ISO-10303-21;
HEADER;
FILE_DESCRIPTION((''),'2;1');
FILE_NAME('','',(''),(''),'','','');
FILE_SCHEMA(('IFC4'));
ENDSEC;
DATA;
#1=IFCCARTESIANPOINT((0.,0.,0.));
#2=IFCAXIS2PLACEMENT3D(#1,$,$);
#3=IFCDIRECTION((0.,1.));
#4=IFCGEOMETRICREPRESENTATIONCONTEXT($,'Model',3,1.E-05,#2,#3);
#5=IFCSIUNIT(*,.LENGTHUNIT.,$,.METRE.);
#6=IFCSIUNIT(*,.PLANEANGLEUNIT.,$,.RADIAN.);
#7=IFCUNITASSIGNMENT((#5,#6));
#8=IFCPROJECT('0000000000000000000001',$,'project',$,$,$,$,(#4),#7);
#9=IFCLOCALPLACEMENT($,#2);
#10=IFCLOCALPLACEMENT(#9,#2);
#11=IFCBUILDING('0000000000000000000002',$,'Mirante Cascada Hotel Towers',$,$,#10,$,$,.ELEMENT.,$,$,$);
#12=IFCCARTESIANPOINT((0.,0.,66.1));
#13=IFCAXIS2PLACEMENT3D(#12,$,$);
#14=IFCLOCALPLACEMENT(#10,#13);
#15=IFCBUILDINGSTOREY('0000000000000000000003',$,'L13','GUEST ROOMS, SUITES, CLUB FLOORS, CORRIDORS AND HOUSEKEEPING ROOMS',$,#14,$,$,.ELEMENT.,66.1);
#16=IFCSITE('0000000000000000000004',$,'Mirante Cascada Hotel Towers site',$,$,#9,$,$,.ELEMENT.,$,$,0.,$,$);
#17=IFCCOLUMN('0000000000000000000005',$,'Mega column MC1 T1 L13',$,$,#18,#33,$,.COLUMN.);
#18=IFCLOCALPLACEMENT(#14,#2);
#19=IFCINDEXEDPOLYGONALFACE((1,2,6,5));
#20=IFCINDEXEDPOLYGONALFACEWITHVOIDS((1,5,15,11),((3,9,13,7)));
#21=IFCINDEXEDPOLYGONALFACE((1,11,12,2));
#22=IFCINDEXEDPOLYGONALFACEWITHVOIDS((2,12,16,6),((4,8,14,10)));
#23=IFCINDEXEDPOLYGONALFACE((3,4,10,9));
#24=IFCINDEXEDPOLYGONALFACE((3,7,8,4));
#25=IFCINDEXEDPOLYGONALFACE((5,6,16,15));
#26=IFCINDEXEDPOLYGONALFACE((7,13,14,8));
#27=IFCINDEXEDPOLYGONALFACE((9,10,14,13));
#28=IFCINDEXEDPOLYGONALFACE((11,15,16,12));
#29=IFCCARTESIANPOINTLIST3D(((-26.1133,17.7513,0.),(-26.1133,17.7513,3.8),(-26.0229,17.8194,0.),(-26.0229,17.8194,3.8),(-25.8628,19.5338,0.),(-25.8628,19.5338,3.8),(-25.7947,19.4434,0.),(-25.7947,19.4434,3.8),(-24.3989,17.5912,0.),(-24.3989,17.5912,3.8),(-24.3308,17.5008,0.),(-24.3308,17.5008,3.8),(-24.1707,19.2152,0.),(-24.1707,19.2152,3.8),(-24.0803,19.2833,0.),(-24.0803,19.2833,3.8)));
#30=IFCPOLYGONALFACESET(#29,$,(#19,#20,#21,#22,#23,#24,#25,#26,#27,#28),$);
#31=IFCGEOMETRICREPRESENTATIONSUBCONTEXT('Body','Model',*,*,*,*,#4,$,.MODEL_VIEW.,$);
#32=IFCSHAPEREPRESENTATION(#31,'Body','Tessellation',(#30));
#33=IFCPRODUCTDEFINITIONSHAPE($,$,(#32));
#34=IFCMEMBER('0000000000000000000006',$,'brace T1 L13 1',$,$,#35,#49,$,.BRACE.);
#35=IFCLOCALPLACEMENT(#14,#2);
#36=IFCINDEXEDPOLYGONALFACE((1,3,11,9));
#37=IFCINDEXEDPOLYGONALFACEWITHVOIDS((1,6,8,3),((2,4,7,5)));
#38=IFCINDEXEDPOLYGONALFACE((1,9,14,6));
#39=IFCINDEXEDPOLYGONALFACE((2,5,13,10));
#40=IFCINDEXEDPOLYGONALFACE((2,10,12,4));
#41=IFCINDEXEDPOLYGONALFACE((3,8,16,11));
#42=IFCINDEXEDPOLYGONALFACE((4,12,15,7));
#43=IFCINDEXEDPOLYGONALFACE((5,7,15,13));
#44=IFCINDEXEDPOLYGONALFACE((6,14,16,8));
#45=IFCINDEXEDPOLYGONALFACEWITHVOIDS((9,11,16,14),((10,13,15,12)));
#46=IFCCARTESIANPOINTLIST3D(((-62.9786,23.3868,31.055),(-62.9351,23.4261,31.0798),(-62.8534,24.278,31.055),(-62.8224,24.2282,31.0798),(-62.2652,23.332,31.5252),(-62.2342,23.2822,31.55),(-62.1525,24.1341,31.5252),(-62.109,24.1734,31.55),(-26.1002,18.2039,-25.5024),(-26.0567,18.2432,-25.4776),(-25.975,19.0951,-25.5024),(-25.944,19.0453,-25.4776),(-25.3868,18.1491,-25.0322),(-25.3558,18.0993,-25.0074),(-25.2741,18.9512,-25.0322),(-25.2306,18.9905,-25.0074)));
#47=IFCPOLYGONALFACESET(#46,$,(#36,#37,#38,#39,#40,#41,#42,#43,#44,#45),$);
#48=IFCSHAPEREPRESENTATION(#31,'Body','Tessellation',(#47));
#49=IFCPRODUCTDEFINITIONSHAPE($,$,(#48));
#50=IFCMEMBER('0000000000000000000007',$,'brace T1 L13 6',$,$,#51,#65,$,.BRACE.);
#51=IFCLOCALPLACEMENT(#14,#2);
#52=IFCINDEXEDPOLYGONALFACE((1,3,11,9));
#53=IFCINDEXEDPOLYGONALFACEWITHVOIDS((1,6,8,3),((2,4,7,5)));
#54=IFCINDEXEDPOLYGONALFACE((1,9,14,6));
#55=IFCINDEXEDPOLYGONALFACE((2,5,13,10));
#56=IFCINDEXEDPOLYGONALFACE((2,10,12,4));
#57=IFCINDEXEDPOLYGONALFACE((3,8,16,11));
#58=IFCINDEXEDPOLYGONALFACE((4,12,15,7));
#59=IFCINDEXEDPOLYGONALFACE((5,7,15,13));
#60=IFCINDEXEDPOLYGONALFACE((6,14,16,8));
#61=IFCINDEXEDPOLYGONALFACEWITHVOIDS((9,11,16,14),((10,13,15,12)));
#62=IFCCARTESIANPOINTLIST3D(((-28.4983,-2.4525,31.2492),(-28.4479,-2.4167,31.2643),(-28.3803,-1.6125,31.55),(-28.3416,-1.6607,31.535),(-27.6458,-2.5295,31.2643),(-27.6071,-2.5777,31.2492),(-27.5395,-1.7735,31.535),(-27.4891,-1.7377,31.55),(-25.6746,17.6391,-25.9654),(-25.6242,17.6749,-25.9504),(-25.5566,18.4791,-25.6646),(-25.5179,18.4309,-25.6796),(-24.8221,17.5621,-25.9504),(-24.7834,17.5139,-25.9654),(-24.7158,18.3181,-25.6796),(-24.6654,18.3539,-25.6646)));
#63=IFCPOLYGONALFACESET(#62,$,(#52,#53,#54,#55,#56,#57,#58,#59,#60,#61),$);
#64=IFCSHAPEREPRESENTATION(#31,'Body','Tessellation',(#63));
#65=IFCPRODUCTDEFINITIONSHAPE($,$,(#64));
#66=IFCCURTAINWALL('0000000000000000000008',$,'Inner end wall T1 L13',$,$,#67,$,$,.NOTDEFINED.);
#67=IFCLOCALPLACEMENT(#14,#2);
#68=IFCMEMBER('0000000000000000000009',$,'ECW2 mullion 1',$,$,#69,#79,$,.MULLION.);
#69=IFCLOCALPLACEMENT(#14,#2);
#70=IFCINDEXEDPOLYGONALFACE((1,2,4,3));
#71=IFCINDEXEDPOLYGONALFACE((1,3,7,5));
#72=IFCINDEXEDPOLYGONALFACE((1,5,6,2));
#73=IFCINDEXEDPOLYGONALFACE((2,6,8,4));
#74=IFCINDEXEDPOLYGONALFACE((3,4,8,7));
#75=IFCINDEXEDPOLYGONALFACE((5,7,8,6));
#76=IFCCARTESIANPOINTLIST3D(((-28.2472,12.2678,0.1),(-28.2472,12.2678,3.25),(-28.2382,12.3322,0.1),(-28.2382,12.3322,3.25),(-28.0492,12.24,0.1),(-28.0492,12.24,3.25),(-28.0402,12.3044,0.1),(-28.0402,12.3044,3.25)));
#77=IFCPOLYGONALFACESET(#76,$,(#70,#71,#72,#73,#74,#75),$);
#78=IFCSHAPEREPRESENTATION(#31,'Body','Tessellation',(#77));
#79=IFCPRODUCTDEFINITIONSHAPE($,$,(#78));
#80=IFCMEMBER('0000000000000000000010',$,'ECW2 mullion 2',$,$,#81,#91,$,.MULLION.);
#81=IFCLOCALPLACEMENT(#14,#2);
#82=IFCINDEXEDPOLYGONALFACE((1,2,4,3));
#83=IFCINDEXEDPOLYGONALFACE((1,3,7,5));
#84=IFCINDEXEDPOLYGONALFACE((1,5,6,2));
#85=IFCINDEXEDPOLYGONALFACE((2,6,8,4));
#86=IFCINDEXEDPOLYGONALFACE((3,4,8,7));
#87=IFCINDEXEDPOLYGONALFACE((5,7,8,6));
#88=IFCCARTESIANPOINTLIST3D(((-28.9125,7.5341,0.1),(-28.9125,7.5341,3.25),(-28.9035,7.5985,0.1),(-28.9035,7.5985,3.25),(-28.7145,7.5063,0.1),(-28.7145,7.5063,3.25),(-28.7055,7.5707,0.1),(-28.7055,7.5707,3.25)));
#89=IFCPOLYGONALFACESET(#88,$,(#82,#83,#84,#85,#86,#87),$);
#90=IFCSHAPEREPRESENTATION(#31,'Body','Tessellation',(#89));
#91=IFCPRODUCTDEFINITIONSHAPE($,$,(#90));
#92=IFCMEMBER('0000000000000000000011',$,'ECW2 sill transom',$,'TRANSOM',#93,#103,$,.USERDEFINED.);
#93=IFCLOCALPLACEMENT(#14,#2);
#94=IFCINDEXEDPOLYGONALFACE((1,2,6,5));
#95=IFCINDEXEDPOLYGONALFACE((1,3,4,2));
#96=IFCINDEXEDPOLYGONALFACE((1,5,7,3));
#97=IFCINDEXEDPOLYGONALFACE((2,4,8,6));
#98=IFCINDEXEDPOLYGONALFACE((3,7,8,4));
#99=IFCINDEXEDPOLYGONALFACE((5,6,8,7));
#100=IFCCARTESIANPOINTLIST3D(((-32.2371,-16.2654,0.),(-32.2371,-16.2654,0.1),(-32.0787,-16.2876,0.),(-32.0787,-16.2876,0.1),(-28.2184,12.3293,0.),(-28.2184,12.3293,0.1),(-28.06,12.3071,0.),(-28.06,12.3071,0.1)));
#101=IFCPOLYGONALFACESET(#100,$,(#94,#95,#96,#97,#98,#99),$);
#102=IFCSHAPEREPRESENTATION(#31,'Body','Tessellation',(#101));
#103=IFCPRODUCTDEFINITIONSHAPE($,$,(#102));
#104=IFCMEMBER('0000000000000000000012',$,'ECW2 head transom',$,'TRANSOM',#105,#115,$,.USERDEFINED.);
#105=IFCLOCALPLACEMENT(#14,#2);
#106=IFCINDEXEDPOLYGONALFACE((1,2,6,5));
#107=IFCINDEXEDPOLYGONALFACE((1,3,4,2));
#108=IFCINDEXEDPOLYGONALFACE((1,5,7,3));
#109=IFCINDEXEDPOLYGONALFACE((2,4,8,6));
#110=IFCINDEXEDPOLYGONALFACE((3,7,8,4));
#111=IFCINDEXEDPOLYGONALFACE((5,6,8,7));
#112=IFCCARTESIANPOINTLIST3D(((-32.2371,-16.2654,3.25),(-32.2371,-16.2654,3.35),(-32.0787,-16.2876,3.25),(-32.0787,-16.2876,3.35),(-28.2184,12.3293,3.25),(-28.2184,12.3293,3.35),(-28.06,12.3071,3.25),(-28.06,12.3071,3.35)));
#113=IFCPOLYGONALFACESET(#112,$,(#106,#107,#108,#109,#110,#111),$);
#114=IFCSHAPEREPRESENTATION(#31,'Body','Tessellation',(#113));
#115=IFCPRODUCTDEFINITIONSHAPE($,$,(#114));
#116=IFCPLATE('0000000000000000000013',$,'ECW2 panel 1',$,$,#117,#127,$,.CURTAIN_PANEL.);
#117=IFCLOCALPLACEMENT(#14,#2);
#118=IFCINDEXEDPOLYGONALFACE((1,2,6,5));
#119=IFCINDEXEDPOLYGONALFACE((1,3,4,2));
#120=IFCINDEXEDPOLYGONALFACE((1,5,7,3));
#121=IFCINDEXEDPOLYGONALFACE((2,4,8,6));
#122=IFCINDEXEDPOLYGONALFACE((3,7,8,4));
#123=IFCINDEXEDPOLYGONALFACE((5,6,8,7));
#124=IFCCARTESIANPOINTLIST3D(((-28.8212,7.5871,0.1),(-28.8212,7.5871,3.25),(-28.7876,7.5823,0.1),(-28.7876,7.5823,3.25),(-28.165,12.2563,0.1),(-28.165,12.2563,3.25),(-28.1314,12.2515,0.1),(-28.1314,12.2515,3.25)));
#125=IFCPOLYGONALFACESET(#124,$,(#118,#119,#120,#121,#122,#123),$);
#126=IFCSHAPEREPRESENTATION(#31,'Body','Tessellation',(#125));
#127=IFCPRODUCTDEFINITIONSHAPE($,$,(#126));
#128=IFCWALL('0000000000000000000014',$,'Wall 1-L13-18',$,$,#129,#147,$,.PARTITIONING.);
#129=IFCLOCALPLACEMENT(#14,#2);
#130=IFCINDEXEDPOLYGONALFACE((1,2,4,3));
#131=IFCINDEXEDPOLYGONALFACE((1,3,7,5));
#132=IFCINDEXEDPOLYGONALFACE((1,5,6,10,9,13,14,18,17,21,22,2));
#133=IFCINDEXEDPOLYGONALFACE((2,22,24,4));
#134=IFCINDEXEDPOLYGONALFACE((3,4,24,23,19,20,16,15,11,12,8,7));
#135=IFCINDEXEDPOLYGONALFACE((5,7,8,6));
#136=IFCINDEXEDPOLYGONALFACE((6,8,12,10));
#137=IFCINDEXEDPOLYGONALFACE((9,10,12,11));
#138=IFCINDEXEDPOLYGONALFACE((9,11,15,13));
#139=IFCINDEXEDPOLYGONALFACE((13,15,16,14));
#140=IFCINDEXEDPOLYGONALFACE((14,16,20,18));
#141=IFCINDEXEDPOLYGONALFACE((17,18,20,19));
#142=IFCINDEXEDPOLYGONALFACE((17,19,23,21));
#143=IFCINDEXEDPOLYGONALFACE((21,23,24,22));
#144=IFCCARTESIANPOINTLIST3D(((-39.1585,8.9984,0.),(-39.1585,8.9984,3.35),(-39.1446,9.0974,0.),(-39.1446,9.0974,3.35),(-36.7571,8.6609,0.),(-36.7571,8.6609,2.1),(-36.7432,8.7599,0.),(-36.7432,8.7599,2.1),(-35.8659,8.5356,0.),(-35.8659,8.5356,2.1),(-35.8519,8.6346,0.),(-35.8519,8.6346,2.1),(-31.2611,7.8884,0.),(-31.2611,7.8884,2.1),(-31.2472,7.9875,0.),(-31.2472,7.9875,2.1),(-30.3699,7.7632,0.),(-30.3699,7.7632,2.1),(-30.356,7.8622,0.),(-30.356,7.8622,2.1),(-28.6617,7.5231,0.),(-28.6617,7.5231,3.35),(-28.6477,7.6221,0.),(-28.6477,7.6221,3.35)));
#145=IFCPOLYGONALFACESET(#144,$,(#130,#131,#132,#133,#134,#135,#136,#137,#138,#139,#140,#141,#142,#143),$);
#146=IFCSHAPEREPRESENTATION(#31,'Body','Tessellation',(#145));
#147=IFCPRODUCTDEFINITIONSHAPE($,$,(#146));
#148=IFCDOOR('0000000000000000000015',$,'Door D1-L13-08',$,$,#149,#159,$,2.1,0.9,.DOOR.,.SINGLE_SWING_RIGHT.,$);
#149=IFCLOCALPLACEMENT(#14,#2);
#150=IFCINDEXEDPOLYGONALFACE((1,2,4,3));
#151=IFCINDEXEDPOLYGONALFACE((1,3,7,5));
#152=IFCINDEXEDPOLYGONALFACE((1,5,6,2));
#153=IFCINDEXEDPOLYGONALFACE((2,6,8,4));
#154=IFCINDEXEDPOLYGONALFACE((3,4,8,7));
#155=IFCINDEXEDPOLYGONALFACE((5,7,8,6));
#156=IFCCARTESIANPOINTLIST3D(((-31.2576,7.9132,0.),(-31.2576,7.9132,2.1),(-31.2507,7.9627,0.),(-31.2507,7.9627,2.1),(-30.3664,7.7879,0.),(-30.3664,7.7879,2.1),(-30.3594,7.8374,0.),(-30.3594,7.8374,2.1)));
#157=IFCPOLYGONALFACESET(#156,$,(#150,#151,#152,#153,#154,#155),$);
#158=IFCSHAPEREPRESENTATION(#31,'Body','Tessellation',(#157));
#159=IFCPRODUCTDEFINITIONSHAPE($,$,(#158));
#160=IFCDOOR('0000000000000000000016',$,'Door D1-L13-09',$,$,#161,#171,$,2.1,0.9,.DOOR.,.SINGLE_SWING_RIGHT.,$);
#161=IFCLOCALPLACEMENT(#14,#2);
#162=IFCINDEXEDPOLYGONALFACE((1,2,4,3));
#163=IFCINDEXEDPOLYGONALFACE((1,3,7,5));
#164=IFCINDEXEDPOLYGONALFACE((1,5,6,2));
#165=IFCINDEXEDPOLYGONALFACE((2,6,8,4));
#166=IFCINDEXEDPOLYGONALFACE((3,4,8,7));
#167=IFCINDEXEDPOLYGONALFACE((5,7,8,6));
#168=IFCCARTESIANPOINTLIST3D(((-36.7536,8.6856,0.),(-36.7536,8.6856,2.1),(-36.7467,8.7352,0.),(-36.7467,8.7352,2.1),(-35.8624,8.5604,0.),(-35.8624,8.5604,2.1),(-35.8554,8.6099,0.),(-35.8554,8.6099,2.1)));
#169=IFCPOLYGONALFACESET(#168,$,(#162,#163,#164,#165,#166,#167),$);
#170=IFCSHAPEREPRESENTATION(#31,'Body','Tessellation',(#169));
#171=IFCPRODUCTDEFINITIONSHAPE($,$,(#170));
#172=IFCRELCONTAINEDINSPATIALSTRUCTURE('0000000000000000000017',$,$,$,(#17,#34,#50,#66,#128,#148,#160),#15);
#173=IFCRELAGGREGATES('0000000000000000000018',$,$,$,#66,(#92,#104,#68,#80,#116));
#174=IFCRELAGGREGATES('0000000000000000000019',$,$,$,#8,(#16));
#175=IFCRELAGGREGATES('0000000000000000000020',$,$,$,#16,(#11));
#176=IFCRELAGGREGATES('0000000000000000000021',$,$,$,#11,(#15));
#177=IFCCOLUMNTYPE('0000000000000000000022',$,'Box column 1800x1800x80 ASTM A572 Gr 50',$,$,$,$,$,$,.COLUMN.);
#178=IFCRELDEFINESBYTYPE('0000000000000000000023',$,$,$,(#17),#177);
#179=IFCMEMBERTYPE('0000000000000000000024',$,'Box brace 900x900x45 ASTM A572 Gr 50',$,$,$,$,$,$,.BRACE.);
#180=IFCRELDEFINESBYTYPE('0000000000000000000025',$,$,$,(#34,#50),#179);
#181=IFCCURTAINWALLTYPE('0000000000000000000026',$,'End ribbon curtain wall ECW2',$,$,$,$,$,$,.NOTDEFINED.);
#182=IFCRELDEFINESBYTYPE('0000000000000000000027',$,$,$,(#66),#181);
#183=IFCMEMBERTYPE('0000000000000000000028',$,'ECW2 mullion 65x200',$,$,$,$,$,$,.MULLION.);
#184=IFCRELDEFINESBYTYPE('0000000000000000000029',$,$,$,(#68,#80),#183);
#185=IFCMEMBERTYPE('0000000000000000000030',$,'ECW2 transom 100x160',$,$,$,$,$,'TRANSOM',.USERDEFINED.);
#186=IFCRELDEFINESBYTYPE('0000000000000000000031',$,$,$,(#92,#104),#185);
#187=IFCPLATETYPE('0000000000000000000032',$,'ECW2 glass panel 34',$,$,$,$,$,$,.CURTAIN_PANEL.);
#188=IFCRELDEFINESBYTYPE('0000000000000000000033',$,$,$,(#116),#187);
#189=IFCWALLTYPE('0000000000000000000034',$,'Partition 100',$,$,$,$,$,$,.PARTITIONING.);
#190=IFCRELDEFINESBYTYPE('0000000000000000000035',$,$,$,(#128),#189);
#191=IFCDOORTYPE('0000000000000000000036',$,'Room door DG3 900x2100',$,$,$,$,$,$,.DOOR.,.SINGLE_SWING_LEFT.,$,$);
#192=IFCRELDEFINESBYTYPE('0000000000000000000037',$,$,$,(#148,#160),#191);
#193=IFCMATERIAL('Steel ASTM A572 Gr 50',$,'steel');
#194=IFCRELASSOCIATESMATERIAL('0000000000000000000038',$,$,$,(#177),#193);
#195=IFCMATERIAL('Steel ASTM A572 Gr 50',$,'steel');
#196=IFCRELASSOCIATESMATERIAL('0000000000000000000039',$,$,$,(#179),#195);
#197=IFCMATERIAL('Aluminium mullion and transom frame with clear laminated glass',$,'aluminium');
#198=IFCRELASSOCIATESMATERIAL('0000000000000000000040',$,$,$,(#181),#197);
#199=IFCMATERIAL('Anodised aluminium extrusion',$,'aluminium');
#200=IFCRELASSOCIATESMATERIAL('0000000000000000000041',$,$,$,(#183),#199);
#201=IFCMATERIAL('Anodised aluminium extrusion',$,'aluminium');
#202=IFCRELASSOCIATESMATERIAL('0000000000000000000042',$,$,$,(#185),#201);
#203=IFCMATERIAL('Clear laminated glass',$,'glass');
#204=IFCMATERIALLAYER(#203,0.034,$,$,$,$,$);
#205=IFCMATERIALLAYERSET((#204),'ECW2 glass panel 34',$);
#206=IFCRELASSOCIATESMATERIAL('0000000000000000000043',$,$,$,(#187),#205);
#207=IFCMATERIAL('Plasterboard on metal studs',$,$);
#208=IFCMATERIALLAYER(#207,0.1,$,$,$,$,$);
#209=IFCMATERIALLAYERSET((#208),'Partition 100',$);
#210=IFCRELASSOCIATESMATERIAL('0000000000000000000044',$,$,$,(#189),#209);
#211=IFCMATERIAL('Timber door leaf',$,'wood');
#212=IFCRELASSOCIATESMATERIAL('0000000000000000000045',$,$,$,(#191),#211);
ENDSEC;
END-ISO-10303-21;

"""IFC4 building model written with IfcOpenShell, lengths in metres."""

from ifc_helpers import new_model, si_unit, direction, frame, frame_2d, origin, origin_2d, place, context, subcontext, project, spatial, rectangle, hollow_rectangle, extrude, material, layer, layer_set, material_profile, profile_set, type_object, element, fill, aggregate, save


model = new_model("IFC4")

# Units and contexts
model_context = context("Model", 3, precision=1e-05, world=origin(), true_north=direction((0.0, 1.0)))
body_context = subcontext(model_context, "Body", "Model", "MODEL_VIEW")
ifc_project = project(units=[si_unit("LENGTHUNIT", "METRE"), si_unit("PLANEANGLEUNIT", "RADIAN")], contexts=[model_context])

# Site, building, storey
site_placement = place(None, origin())
site = spatial("IfcSite", under=ifc_project, at=site_placement, Name="Mirante Cascada Hotel Towers site", CompositionType="ELEMENT", RefElevation=0.0)
building_placement = place(site_placement, origin())
building = spatial("IfcBuilding", under=site, at=building_placement, Name="Mirante Cascada Hotel Towers", CompositionType="ELEMENT")
storey_placement = place(building_placement, frame((0.0, 0.0, 66.1)))
storey = spatial("IfcBuildingStorey", under=building, at=storey_placement, Name="L13", Description="GUEST ROOMS, SUITES, CLUB FLOORS, CORRIDORS AND HOUSEKEEPING ROOMS", CompositionType="ELEMENT", Elevation=66.1)

# Column
ifc_material_1 = material(Name="Steel ASTM A572 Gr 50", Category="steel")
ifc_material_profile_1 = material_profile(ifc_material_1, hollow_rectangle(XDim=1.8, YDim=1.8, WallThickness=0.08, at=origin_2d()), Name="Box column 1800x1800x80 ASTM A572 Gr 50")
ifc_profile_set_1 = profile_set([ifc_material_profile_1], Name="Steel ASTM A572 Gr 50")
column_type = type_object("IfcColumnType", Name="Box column 1800x1800x80 ASTM A572 Gr 50", PredefinedType="COLUMN", material=ifc_profile_set_1)
column_placement = place(storey_placement, frame((-25.0968, 18.5173, 0.0), z_axis=(0.0, 0.0, 1.0), x_axis=(-0.990268, 0.139173, 0.0)))
element("IfcColumn", 1, at=column_placement, inside=storey, type_object=column_type, Name="Mega column MC1 T1 L13", PredefinedType="COLUMN", context=body_context, shape_type="SweptSolid", body=[
    extrude(hollow_rectangle(XDim=1.8, YDim=1.8, WallThickness=0.08, at=origin_2d()), origin(), (0.0, 0.0, 1.0), 3.8),
])

# Members
ifc_material_2 = material(Name="Steel ASTM A572 Gr 50", Category="steel")
ifc_material_profile_2 = material_profile(ifc_material_2, hollow_rectangle(XDim=0.9, YDim=0.9, WallThickness=0.045, at=origin_2d()), Name="Box brace 900x900x45 ASTM A572 Gr 50")
ifc_profile_set_2 = profile_set([ifc_material_profile_2], Name="Steel ASTM A572 Gr 50")
member_type_1 = type_object("IfcMemberType", Name="Box brace 900x900x45 ASTM A572 Gr 50", PredefinedType="BRACE", material=ifc_profile_set_2)
member_1_placement = place(storey_placement, frame((-25.6654, 18.5972, -25.2549), z_axis=(-0.544594, 0.076537, 0.8352), x_axis=(-0.139173, -0.990268, 0.0)))
element("IfcMember", 2, at=member_1_placement, inside=storey, type_object=member_type_1, Name="brace T1 L13 1", PredefinedType="BRACE", context=body_context, shape_type="SweptSolid", body=[
    extrude(hollow_rectangle(XDim=0.9, YDim=0.9, WallThickness=0.045, at=origin_2d()), origin(), (0.0, 0.0, 1.0), 67.7172),
])
member_2_placement = place(storey_placement, frame((-25.17, 17.9965, -25.815), z_axis=(-0.046515, -0.330968, 0.942495), x_axis=(0.990268, -0.139174, 0.0)))
element("IfcMember", 3, at=member_2_placement, inside=storey, type_object=member_type_1, Name="brace T1 L13 6", PredefinedType="BRACE", context=body_context, shape_type="SweptSolid", body=[
    extrude(hollow_rectangle(XDim=0.9, YDim=0.9, WallThickness=0.045, at=origin_2d()), origin(), (0.0, 0.0, 1.0), 60.7055),
])

# Curtain wall, members, plate
ifc_material_3 = material(Name="Aluminium mullion and transom frame with clear laminated glass", Category="aluminium")
curtain_wall_type = type_object("IfcCurtainWallType", Name="End ribbon curtain wall ECW2", PredefinedType="NOTDEFINED", material=ifc_material_3)
curtain_wall_placement = place(storey_placement, origin())
curtain_wall = element("IfcCurtainWall", 4, at=curtain_wall_placement, inside=storey, type_object=curtain_wall_type, Name="Inner end wall T1 L13", PredefinedType="NOTDEFINED")
ifc_material_4 = material(Name="Anodised aluminium extrusion", Category="aluminium")
ifc_material_profile_3 = material_profile(ifc_material_4, rectangle(XDim=0.2, YDim=0.065, at=origin_2d()), Name="ECW2 MULLION 65x200")
ifc_profile_set_3 = profile_set([ifc_material_profile_3], Name="Anodised aluminium extrusion")
member_type_2 = type_object("IfcMemberType", Name="ECW2 mullion 65x200", PredefinedType="MULLION", material=ifc_profile_set_3)
member_3_placement = place(storey_placement, frame((-28.1437, 12.2861, 0.1), z_axis=(0.0, 0.0, 1.0), x_axis=(0.990268, -0.139173, 0.0)))
member_3 = element("IfcMember", 5, at=member_3_placement, type_object=member_type_2, Name="ECW2 mullion 1", PredefinedType="MULLION", context=body_context, shape_type="SweptSolid", body=[
    extrude(rectangle(XDim=0.2, YDim=0.065, at=origin_2d()), origin(), (0.0, 0.0, 1.0), 3.15),
])
member_4_placement = place(storey_placement, frame((-28.809, 7.5524, 0.1), z_axis=(0.0, 0.0, 1.0), x_axis=(0.990268, -0.139173, 0.0)))
member_4 = element("IfcMember", 6, at=member_4_placement, type_object=member_type_2, Name="ECW2 mullion 2", PredefinedType="MULLION", context=body_context, shape_type="SweptSolid", body=[
    extrude(rectangle(XDim=0.2, YDim=0.065, at=origin_2d()), origin(), (0.0, 0.0, 1.0), 3.15),
])
ifc_material_5 = material(Name="Anodised aluminium extrusion", Category="aluminium")
ifc_material_profile_4 = material_profile(ifc_material_5, rectangle(XDim=0.16, YDim=0.1, at=origin_2d()), Name="ECW2 TRANSOM 100x160")
ifc_profile_set_4 = profile_set([ifc_material_profile_4], Name="Anodised aluminium extrusion")
member_type_3 = type_object("IfcMemberType", Name="ECW2 transom 100x160", ElementType="TRANSOM", PredefinedType="USERDEFINED", material=ifc_profile_set_4)
member_5_placement = place(storey_placement, frame((-28.1392, 12.3182, 0.05), z_axis=(-0.139172, -0.990268, 0.0), x_axis=(0.990268, -0.139172, 0.0)))
member_5 = element("IfcMember", 7, at=member_5_placement, type_object=member_type_3, Name="ECW2 sill transom", ObjectType="TRANSOM", PredefinedType="USERDEFINED", context=body_context, shape_type="SweptSolid", body=[
    extrude(rectangle(XDim=0.16, YDim=0.1, at=origin_2d()), origin(), (0.0, 0.0, 1.0), 28.8757),
])
member_6_placement = place(storey_placement, frame((-28.1392, 12.3182, 3.3), z_axis=(-0.139172, -0.990268, 0.0), x_axis=(0.990268, -0.139172, 0.0)))
member_6 = element("IfcMember", 8, at=member_6_placement, type_object=member_type_3, Name="ECW2 head transom", ObjectType="TRANSOM", PredefinedType="USERDEFINED", context=body_context, shape_type="SweptSolid", body=[
    extrude(rectangle(XDim=0.16, YDim=0.1, at=origin_2d()), origin(), (0.0, 0.0, 1.0), 28.8757),
])
ifc_material_6 = material(Name="Clear laminated glass", Category="glass")
ifc_layer_1 = layer(ifc_material_6, 0.034)
ifc_layer_set_1 = layer_set([ifc_layer_1], Name="ECW2 glass panel 34")
plate_type = type_object("IfcPlateType", Name="ECW2 glass panel 34", PredefinedType="CURTAIN_PANEL", material=ifc_layer_set_1)
plate_placement = place(storey_placement, frame((-28.4763, 9.9193, 0.1), z_axis=(0.0, 0.0, 1.0), x_axis=(-0.139173, -0.990268, 0.0)))
plate = element("IfcPlate", 9, at=plate_placement, type_object=plate_type, Name="ECW2 panel 1", PredefinedType="CURTAIN_PANEL", context=body_context, shape_type="SweptSolid", body=[
    extrude(rectangle(XDim=4.7151, YDim=0.034, at=origin_2d()), origin(), (0.0, 0.0, 1.0), 3.15),
])
aggregate(curtain_wall, [member_5, member_6, member_3, member_4, plate])

# Wall, openings, doors
ifc_material_7 = material(Name="Plasterboard on metal studs")
ifc_layer_2 = layer(ifc_material_7, 0.1)
ifc_layer_set_2 = layer_set([ifc_layer_2], Name="Partition 100")
wall_type = type_object("IfcWallType", Name="Partition 100", PredefinedType="PARTITIONING", material=ifc_layer_set_2)
wall_placement = place(storey_placement, frame((-28.6547, 7.5726, 0.0), z_axis=(0.0, 0.0, 1.0), x_axis=(-0.990267, 0.13918, 0.0)))
wall = element("IfcWall", 10, at=wall_placement, inside=storey, type_object=wall_type, Name="Wall 1-L13-18", PredefinedType="PARTITIONING", context=body_context, shape_type="SweptSolid", body=[
    extrude(rectangle(XDim=10.6, YDim=0.1, at=frame_2d((5.3, 0.0))), origin(), (0.0, 0.0, 1.0), 3.35),
])
opening_1_placement = place(wall_placement, frame((1.725, 0.0, 0.0)))
opening_1 = element("IfcOpeningElement", 11, at=opening_1_placement, cuts=wall, PredefinedType="OPENING", context=body_context, shape_type="SweptSolid", body=[
    extrude(rectangle(XDim=0.9, YDim=2.1, at=frame_2d((0.45, 1.05))), frame((0.0, 0.05, 0.0), z_axis=(0.0, -1.0, 0.0), x_axis=(1.0, 0.0, 0.0)), (0.0, 0.0, 1.0), 0.1),
])
opening_2_placement = place(wall_placement, frame((7.275, 0.0, 0.0)))
opening_2 = element("IfcOpeningElement", 12, at=opening_2_placement, cuts=wall, PredefinedType="OPENING", context=body_context, shape_type="SweptSolid", body=[
    extrude(rectangle(XDim=0.9, YDim=2.1, at=frame_2d((0.45, 1.05))), frame((0.0, 0.05, 0.0), z_axis=(0.0, -1.0, 0.0), x_axis=(1.0, 0.0, 0.0)), (0.0, 0.0, 1.0), 0.1),
])
ifc_material_8 = material(Name="Timber door leaf", Category="wood")
door_type = type_object("IfcDoorType", Name="Room door DG3 900x2100", OperationType="SINGLE_SWING_LEFT", PredefinedType="DOOR", material=ifc_material_8)
door_1_placement = place(opening_1_placement, frame((0.9, 0.0, 0.0), z_axis=(0.0, 0.0, 1.0), x_axis=(-1.0, 0.0, 0.0)))
door_1 = element("IfcDoor", 13, at=door_1_placement, inside=storey, type_object=door_type, Name="Door D1-L13-08", OperationType="SINGLE_SWING_RIGHT", OverallHeight=2.1, OverallWidth=0.9, PredefinedType="DOOR", context=body_context, shape_type="SweptSolid", body=[
    extrude(rectangle(XDim=0.9, YDim=2.1, at=frame_2d((0.45, 1.05))), frame((0.0, 0.025, 0.0), z_axis=(0.0, -1.0, 0.0), x_axis=(1.0, 0.0, 0.0)), (0.0, 0.0, 1.0), 0.05),
])
fill(opening_1, door_1)
door_2_placement = place(opening_2_placement, frame((0.9, 0.0, 0.0), z_axis=(0.0, 0.0, 1.0), x_axis=(-1.0, 0.0, 0.0)))
door_2 = element("IfcDoor", 14, at=door_2_placement, inside=storey, type_object=door_type, Name="Door D1-L13-09", OperationType="SINGLE_SWING_RIGHT", OverallHeight=2.1, OverallWidth=0.9, PredefinedType="DOOR", context=body_context, shape_type="SweptSolid", body=[
    extrude(rectangle(XDim=0.9, YDim=2.1, at=frame_2d((0.45, 1.05))), frame((0.0, 0.025, 0.0), z_axis=(0.0, -1.0, 0.0), x_axis=(1.0, 0.0, 0.0)), (0.0, 0.0, 1.0), 0.05),
])
fill(opening_2, door_2)

save(model, "model.ifc")
